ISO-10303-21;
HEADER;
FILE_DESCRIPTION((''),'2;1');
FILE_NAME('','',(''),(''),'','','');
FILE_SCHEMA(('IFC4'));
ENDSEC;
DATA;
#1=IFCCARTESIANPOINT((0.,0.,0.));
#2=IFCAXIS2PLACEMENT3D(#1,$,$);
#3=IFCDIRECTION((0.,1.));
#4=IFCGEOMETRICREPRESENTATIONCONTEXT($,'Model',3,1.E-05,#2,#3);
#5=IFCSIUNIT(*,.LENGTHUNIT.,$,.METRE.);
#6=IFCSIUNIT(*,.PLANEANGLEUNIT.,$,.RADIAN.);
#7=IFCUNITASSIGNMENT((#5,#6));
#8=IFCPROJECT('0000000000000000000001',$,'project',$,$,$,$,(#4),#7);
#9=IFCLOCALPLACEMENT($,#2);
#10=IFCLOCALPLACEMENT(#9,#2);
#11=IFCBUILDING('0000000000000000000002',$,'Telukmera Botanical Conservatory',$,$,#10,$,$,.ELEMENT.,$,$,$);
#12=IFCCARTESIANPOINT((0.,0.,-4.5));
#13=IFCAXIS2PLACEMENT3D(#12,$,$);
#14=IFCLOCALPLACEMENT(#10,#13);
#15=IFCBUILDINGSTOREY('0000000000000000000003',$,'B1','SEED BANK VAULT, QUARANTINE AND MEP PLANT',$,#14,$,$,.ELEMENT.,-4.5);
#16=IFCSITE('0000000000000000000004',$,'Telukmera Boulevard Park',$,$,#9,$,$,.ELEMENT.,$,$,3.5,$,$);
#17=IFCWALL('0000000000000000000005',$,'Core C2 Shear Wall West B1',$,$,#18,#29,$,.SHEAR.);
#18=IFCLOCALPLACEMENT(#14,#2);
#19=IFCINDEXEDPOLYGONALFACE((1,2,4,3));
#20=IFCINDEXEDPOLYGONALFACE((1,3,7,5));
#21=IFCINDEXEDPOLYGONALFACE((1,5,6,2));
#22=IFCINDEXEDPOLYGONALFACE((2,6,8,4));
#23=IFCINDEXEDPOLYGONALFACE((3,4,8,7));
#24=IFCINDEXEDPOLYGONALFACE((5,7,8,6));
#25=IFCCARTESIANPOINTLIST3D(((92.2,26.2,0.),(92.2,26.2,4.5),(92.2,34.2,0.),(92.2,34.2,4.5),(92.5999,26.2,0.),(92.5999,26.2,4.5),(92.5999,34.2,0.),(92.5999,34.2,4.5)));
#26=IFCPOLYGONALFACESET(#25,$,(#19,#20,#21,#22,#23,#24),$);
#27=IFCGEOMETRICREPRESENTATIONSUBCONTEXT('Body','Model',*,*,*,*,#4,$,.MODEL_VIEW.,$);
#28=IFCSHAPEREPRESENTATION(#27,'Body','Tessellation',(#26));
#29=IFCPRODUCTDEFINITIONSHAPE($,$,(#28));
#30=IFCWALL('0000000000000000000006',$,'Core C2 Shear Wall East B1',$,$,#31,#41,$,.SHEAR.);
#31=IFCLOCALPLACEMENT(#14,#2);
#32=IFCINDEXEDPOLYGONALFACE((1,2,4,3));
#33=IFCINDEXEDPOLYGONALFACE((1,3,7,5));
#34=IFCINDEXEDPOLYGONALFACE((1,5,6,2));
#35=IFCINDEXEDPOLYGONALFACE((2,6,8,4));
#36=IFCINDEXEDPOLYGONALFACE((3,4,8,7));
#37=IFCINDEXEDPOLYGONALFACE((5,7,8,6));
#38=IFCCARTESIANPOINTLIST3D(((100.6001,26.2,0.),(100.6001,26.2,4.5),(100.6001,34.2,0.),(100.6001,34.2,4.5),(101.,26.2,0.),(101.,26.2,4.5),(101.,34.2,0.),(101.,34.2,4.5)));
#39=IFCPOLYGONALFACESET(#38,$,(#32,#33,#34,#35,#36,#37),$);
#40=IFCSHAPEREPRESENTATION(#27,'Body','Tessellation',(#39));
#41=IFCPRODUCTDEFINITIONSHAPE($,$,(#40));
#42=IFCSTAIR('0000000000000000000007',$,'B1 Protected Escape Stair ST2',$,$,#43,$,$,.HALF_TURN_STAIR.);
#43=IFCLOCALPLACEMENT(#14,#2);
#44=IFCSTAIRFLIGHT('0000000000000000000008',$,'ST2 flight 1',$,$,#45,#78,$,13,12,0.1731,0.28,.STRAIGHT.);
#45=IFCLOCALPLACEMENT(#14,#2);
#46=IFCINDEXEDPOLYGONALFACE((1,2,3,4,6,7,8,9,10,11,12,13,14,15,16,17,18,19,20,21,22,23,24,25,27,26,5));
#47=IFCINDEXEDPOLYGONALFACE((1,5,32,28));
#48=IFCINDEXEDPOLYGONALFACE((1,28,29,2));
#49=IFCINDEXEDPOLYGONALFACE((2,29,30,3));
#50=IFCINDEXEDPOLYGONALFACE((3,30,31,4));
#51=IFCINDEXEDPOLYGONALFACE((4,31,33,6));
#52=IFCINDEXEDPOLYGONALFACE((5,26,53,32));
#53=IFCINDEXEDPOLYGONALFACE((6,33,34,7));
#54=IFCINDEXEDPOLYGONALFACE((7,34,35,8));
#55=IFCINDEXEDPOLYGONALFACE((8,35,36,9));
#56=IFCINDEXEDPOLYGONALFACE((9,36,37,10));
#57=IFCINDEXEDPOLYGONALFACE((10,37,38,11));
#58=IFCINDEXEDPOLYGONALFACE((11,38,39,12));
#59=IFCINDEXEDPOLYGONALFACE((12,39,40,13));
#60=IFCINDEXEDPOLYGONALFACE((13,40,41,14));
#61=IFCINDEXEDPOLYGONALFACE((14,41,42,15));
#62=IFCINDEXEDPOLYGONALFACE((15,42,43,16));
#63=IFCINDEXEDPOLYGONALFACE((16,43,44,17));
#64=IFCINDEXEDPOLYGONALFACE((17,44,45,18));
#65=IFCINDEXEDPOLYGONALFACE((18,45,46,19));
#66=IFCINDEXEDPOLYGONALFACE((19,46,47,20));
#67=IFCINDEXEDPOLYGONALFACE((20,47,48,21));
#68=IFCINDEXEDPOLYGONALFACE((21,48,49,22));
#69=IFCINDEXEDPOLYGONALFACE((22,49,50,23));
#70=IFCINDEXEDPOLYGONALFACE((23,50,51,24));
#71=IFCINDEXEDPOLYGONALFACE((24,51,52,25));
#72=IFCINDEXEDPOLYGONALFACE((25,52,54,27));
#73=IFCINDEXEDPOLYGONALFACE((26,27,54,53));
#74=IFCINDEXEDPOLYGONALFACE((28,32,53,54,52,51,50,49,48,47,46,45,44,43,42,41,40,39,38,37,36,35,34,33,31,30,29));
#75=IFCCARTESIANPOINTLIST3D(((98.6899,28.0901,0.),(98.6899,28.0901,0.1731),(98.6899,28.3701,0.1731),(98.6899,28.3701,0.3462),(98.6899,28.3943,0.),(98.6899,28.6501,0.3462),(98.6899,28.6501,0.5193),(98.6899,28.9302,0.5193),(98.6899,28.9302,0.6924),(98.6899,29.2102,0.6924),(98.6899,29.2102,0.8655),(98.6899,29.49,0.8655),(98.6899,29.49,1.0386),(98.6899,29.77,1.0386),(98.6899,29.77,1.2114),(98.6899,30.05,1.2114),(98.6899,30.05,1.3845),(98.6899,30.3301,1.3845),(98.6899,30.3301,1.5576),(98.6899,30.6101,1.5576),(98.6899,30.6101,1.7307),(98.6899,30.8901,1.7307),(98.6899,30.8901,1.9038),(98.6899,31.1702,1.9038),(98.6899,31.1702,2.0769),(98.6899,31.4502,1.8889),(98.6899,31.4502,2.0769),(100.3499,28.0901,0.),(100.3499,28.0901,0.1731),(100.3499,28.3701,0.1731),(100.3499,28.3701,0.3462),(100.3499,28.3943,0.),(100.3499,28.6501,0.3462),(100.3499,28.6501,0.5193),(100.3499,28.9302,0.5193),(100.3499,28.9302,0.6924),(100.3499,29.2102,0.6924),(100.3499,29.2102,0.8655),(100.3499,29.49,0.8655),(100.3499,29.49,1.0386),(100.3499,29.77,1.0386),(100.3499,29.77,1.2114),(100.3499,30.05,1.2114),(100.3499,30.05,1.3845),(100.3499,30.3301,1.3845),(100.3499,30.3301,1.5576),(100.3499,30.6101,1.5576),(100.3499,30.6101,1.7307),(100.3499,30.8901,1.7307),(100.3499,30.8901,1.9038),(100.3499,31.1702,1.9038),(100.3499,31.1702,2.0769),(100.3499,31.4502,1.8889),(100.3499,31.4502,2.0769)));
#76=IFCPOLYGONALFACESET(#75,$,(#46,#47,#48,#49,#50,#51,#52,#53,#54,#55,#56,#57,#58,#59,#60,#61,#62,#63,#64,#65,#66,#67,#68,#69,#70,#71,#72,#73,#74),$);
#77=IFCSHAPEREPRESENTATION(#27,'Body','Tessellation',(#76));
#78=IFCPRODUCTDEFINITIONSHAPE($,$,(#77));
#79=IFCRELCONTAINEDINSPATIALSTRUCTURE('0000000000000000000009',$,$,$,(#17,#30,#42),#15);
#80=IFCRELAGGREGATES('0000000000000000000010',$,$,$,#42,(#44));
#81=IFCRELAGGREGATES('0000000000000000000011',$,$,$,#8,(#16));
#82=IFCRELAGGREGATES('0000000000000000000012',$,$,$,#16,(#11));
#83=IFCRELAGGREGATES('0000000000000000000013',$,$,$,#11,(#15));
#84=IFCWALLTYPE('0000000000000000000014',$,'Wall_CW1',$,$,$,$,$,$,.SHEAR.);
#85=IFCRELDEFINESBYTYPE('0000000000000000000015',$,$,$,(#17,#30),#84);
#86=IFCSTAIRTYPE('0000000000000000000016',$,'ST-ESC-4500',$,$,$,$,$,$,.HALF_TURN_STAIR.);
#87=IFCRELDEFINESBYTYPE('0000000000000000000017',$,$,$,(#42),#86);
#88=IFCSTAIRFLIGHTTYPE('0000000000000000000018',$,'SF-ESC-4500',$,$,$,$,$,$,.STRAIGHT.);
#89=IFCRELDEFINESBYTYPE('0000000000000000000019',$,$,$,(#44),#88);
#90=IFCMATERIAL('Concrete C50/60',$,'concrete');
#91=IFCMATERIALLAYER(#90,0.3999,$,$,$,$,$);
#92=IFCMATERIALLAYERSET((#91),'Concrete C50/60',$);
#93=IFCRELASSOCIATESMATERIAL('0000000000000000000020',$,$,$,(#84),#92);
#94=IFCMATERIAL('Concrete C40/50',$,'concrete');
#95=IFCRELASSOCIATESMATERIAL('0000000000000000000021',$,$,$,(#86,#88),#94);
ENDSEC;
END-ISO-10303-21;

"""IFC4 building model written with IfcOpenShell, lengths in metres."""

from ifc_helpers import new_model, si_unit, direction, frame, frame_2d, origin, place, context, subcontext, project, spatial, polyline, rectangle, outline, extrude, material, layer, layer_set, type_object, element, aggregate, save


model = new_model("IFC4")

# Units and contexts
model_context = context("Model", 3, precision=1e-05, world=origin(), true_north=direction((0.0, 1.0)))
body_context = subcontext(model_context, "Body", "Model", "MODEL_VIEW")
ifc_project = project(units=[si_unit("LENGTHUNIT", "METRE"), si_unit("PLANEANGLEUNIT", "RADIAN")], contexts=[model_context])

# Site, building, storey
site_placement = place(None, origin())
site = spatial("IfcSite", under=ifc_project, at=site_placement, Name="Telukmera Boulevard Park", CompositionType="ELEMENT", RefElevation=3.5)
building_placement = place(site_placement, origin())
building = spatial("IfcBuilding", under=site, at=building_placement, Name="Telukmera Botanical Conservatory", CompositionType="ELEMENT")
storey_placement = place(building_placement, frame((0.0, 0.0, -4.5)))
storey = spatial("IfcBuildingStorey", under=building, at=storey_placement, Name="B1", Description="SEED BANK VAULT, QUARANTINE AND MEP PLANT", CompositionType="ELEMENT", Elevation=-4.5)

# Shared definitions
ifc_material_1 = material(Name="Concrete C40/50", Category="concrete")

# Shared definitions
ifc_material_2 = material(Name="Concrete C50/60", Category="concrete")

# Walls
ifc_layer_1 = layer(ifc_material_2, 0.3999)
ifc_layer_set_1 = layer_set([ifc_layer_1], Name="Concrete C50/60")
wall_type_1 = type_object("IfcWallType", Name="Wall_CW1", PredefinedType="SHEAR", material=ifc_layer_set_1)
for number, where, z_axis, x_axis, name in (
    (1, (92.3999, 26.2, 0.0), (0.0, 0.0, 1.0), (0.0, 1.0, 0.0), "Core C2 Shear Wall West B1"),
    (2, (100.8, 26.2, 0.0), (0.0, 0.0, 1.0), (0.0, 1.0, 0.0), "Core C2 Shear Wall East B1"),
):
    element("IfcWall", number, at=place(storey_placement, frame(where, z_axis=z_axis, x_axis=x_axis)), inside=storey, type_object=wall_type_1, Name=name, PredefinedType="SHEAR", context=body_context, shape_type="SweptSolid", body=[
        extrude(rectangle(XDim=8.0, YDim=0.3999, at=frame_2d((4.0, 0.0))), origin(), (0.0, 0.0, 1.0), 4.5),
    ])

# Stair, stair flight
stair_type = type_object("IfcStairType", Name="ST-ESC-4500", PredefinedType="HALF_TURN_STAIR", material=ifc_material_1)
stair_placement = place(storey_placement, origin())
stair = element("IfcStair", 3, at=stair_placement, inside=storey, type_object=stair_type, Name="B1 Protected Escape Stair ST2", PredefinedType="HALF_TURN_STAIR")
stair_flight_type = type_object("IfcStairFlightType", Name="SF-ESC-4500", PredefinedType="STRAIGHT", material=ifc_material_1)
stair_flight_placement = place(storey_placement, frame((99.52, 28.0901, 0.0), z_axis=(0.0, 0.0, 1.0), x_axis=(0.0, 1.0, 0.0)))
stair_flight = element("IfcStairFlight", 4, at=stair_flight_placement, type_object=stair_flight_type, Name="ST2 flight 1", NumberOfRisers=13, NumberOfTreads=12, PredefinedType="STRAIGHT", RiserHeight=0.1731, TreadLength=0.28, context=body_context, shape_type="SweptSolid", body=[
    extrude(outline(polyline([(0.0, 0.0), (0.0, 0.1731), (0.28, 0.1731), (0.28, 0.3462), (0.5601, 0.3462), (0.5601, 0.5193), (0.8401, 0.5193), (0.8401, 0.6924), (1.1201, 0.6924), (1.1201, 0.8655), (1.3999, 0.8655), (1.3999, 1.0386), (1.6799, 1.0386), (1.6799, 1.2114), (1.96, 1.2114), (1.96, 1.3845), (2.24, 1.3845), (2.24, 1.5576), (2.52, 1.5576), (2.52, 1.7307), (2.8, 1.7307), (2.8, 1.9038), (3.0801, 1.9038), (3.0801, 2.0769), (3.3601, 2.0769), (3.3601, 2.25), (3.3601, 1.8889), (0.3042, 0.0), (0.0, 0.0)])), frame((0.0, 0.8301, 0.0), z_axis=(0.0, -1.0, 0.0), x_axis=(1.0, 0.0, 0.0)), (0.0, 0.0, 1.0), 1.6599),
])
aggregate(stair, [stair_flight])

save(model, "model.ifc")
